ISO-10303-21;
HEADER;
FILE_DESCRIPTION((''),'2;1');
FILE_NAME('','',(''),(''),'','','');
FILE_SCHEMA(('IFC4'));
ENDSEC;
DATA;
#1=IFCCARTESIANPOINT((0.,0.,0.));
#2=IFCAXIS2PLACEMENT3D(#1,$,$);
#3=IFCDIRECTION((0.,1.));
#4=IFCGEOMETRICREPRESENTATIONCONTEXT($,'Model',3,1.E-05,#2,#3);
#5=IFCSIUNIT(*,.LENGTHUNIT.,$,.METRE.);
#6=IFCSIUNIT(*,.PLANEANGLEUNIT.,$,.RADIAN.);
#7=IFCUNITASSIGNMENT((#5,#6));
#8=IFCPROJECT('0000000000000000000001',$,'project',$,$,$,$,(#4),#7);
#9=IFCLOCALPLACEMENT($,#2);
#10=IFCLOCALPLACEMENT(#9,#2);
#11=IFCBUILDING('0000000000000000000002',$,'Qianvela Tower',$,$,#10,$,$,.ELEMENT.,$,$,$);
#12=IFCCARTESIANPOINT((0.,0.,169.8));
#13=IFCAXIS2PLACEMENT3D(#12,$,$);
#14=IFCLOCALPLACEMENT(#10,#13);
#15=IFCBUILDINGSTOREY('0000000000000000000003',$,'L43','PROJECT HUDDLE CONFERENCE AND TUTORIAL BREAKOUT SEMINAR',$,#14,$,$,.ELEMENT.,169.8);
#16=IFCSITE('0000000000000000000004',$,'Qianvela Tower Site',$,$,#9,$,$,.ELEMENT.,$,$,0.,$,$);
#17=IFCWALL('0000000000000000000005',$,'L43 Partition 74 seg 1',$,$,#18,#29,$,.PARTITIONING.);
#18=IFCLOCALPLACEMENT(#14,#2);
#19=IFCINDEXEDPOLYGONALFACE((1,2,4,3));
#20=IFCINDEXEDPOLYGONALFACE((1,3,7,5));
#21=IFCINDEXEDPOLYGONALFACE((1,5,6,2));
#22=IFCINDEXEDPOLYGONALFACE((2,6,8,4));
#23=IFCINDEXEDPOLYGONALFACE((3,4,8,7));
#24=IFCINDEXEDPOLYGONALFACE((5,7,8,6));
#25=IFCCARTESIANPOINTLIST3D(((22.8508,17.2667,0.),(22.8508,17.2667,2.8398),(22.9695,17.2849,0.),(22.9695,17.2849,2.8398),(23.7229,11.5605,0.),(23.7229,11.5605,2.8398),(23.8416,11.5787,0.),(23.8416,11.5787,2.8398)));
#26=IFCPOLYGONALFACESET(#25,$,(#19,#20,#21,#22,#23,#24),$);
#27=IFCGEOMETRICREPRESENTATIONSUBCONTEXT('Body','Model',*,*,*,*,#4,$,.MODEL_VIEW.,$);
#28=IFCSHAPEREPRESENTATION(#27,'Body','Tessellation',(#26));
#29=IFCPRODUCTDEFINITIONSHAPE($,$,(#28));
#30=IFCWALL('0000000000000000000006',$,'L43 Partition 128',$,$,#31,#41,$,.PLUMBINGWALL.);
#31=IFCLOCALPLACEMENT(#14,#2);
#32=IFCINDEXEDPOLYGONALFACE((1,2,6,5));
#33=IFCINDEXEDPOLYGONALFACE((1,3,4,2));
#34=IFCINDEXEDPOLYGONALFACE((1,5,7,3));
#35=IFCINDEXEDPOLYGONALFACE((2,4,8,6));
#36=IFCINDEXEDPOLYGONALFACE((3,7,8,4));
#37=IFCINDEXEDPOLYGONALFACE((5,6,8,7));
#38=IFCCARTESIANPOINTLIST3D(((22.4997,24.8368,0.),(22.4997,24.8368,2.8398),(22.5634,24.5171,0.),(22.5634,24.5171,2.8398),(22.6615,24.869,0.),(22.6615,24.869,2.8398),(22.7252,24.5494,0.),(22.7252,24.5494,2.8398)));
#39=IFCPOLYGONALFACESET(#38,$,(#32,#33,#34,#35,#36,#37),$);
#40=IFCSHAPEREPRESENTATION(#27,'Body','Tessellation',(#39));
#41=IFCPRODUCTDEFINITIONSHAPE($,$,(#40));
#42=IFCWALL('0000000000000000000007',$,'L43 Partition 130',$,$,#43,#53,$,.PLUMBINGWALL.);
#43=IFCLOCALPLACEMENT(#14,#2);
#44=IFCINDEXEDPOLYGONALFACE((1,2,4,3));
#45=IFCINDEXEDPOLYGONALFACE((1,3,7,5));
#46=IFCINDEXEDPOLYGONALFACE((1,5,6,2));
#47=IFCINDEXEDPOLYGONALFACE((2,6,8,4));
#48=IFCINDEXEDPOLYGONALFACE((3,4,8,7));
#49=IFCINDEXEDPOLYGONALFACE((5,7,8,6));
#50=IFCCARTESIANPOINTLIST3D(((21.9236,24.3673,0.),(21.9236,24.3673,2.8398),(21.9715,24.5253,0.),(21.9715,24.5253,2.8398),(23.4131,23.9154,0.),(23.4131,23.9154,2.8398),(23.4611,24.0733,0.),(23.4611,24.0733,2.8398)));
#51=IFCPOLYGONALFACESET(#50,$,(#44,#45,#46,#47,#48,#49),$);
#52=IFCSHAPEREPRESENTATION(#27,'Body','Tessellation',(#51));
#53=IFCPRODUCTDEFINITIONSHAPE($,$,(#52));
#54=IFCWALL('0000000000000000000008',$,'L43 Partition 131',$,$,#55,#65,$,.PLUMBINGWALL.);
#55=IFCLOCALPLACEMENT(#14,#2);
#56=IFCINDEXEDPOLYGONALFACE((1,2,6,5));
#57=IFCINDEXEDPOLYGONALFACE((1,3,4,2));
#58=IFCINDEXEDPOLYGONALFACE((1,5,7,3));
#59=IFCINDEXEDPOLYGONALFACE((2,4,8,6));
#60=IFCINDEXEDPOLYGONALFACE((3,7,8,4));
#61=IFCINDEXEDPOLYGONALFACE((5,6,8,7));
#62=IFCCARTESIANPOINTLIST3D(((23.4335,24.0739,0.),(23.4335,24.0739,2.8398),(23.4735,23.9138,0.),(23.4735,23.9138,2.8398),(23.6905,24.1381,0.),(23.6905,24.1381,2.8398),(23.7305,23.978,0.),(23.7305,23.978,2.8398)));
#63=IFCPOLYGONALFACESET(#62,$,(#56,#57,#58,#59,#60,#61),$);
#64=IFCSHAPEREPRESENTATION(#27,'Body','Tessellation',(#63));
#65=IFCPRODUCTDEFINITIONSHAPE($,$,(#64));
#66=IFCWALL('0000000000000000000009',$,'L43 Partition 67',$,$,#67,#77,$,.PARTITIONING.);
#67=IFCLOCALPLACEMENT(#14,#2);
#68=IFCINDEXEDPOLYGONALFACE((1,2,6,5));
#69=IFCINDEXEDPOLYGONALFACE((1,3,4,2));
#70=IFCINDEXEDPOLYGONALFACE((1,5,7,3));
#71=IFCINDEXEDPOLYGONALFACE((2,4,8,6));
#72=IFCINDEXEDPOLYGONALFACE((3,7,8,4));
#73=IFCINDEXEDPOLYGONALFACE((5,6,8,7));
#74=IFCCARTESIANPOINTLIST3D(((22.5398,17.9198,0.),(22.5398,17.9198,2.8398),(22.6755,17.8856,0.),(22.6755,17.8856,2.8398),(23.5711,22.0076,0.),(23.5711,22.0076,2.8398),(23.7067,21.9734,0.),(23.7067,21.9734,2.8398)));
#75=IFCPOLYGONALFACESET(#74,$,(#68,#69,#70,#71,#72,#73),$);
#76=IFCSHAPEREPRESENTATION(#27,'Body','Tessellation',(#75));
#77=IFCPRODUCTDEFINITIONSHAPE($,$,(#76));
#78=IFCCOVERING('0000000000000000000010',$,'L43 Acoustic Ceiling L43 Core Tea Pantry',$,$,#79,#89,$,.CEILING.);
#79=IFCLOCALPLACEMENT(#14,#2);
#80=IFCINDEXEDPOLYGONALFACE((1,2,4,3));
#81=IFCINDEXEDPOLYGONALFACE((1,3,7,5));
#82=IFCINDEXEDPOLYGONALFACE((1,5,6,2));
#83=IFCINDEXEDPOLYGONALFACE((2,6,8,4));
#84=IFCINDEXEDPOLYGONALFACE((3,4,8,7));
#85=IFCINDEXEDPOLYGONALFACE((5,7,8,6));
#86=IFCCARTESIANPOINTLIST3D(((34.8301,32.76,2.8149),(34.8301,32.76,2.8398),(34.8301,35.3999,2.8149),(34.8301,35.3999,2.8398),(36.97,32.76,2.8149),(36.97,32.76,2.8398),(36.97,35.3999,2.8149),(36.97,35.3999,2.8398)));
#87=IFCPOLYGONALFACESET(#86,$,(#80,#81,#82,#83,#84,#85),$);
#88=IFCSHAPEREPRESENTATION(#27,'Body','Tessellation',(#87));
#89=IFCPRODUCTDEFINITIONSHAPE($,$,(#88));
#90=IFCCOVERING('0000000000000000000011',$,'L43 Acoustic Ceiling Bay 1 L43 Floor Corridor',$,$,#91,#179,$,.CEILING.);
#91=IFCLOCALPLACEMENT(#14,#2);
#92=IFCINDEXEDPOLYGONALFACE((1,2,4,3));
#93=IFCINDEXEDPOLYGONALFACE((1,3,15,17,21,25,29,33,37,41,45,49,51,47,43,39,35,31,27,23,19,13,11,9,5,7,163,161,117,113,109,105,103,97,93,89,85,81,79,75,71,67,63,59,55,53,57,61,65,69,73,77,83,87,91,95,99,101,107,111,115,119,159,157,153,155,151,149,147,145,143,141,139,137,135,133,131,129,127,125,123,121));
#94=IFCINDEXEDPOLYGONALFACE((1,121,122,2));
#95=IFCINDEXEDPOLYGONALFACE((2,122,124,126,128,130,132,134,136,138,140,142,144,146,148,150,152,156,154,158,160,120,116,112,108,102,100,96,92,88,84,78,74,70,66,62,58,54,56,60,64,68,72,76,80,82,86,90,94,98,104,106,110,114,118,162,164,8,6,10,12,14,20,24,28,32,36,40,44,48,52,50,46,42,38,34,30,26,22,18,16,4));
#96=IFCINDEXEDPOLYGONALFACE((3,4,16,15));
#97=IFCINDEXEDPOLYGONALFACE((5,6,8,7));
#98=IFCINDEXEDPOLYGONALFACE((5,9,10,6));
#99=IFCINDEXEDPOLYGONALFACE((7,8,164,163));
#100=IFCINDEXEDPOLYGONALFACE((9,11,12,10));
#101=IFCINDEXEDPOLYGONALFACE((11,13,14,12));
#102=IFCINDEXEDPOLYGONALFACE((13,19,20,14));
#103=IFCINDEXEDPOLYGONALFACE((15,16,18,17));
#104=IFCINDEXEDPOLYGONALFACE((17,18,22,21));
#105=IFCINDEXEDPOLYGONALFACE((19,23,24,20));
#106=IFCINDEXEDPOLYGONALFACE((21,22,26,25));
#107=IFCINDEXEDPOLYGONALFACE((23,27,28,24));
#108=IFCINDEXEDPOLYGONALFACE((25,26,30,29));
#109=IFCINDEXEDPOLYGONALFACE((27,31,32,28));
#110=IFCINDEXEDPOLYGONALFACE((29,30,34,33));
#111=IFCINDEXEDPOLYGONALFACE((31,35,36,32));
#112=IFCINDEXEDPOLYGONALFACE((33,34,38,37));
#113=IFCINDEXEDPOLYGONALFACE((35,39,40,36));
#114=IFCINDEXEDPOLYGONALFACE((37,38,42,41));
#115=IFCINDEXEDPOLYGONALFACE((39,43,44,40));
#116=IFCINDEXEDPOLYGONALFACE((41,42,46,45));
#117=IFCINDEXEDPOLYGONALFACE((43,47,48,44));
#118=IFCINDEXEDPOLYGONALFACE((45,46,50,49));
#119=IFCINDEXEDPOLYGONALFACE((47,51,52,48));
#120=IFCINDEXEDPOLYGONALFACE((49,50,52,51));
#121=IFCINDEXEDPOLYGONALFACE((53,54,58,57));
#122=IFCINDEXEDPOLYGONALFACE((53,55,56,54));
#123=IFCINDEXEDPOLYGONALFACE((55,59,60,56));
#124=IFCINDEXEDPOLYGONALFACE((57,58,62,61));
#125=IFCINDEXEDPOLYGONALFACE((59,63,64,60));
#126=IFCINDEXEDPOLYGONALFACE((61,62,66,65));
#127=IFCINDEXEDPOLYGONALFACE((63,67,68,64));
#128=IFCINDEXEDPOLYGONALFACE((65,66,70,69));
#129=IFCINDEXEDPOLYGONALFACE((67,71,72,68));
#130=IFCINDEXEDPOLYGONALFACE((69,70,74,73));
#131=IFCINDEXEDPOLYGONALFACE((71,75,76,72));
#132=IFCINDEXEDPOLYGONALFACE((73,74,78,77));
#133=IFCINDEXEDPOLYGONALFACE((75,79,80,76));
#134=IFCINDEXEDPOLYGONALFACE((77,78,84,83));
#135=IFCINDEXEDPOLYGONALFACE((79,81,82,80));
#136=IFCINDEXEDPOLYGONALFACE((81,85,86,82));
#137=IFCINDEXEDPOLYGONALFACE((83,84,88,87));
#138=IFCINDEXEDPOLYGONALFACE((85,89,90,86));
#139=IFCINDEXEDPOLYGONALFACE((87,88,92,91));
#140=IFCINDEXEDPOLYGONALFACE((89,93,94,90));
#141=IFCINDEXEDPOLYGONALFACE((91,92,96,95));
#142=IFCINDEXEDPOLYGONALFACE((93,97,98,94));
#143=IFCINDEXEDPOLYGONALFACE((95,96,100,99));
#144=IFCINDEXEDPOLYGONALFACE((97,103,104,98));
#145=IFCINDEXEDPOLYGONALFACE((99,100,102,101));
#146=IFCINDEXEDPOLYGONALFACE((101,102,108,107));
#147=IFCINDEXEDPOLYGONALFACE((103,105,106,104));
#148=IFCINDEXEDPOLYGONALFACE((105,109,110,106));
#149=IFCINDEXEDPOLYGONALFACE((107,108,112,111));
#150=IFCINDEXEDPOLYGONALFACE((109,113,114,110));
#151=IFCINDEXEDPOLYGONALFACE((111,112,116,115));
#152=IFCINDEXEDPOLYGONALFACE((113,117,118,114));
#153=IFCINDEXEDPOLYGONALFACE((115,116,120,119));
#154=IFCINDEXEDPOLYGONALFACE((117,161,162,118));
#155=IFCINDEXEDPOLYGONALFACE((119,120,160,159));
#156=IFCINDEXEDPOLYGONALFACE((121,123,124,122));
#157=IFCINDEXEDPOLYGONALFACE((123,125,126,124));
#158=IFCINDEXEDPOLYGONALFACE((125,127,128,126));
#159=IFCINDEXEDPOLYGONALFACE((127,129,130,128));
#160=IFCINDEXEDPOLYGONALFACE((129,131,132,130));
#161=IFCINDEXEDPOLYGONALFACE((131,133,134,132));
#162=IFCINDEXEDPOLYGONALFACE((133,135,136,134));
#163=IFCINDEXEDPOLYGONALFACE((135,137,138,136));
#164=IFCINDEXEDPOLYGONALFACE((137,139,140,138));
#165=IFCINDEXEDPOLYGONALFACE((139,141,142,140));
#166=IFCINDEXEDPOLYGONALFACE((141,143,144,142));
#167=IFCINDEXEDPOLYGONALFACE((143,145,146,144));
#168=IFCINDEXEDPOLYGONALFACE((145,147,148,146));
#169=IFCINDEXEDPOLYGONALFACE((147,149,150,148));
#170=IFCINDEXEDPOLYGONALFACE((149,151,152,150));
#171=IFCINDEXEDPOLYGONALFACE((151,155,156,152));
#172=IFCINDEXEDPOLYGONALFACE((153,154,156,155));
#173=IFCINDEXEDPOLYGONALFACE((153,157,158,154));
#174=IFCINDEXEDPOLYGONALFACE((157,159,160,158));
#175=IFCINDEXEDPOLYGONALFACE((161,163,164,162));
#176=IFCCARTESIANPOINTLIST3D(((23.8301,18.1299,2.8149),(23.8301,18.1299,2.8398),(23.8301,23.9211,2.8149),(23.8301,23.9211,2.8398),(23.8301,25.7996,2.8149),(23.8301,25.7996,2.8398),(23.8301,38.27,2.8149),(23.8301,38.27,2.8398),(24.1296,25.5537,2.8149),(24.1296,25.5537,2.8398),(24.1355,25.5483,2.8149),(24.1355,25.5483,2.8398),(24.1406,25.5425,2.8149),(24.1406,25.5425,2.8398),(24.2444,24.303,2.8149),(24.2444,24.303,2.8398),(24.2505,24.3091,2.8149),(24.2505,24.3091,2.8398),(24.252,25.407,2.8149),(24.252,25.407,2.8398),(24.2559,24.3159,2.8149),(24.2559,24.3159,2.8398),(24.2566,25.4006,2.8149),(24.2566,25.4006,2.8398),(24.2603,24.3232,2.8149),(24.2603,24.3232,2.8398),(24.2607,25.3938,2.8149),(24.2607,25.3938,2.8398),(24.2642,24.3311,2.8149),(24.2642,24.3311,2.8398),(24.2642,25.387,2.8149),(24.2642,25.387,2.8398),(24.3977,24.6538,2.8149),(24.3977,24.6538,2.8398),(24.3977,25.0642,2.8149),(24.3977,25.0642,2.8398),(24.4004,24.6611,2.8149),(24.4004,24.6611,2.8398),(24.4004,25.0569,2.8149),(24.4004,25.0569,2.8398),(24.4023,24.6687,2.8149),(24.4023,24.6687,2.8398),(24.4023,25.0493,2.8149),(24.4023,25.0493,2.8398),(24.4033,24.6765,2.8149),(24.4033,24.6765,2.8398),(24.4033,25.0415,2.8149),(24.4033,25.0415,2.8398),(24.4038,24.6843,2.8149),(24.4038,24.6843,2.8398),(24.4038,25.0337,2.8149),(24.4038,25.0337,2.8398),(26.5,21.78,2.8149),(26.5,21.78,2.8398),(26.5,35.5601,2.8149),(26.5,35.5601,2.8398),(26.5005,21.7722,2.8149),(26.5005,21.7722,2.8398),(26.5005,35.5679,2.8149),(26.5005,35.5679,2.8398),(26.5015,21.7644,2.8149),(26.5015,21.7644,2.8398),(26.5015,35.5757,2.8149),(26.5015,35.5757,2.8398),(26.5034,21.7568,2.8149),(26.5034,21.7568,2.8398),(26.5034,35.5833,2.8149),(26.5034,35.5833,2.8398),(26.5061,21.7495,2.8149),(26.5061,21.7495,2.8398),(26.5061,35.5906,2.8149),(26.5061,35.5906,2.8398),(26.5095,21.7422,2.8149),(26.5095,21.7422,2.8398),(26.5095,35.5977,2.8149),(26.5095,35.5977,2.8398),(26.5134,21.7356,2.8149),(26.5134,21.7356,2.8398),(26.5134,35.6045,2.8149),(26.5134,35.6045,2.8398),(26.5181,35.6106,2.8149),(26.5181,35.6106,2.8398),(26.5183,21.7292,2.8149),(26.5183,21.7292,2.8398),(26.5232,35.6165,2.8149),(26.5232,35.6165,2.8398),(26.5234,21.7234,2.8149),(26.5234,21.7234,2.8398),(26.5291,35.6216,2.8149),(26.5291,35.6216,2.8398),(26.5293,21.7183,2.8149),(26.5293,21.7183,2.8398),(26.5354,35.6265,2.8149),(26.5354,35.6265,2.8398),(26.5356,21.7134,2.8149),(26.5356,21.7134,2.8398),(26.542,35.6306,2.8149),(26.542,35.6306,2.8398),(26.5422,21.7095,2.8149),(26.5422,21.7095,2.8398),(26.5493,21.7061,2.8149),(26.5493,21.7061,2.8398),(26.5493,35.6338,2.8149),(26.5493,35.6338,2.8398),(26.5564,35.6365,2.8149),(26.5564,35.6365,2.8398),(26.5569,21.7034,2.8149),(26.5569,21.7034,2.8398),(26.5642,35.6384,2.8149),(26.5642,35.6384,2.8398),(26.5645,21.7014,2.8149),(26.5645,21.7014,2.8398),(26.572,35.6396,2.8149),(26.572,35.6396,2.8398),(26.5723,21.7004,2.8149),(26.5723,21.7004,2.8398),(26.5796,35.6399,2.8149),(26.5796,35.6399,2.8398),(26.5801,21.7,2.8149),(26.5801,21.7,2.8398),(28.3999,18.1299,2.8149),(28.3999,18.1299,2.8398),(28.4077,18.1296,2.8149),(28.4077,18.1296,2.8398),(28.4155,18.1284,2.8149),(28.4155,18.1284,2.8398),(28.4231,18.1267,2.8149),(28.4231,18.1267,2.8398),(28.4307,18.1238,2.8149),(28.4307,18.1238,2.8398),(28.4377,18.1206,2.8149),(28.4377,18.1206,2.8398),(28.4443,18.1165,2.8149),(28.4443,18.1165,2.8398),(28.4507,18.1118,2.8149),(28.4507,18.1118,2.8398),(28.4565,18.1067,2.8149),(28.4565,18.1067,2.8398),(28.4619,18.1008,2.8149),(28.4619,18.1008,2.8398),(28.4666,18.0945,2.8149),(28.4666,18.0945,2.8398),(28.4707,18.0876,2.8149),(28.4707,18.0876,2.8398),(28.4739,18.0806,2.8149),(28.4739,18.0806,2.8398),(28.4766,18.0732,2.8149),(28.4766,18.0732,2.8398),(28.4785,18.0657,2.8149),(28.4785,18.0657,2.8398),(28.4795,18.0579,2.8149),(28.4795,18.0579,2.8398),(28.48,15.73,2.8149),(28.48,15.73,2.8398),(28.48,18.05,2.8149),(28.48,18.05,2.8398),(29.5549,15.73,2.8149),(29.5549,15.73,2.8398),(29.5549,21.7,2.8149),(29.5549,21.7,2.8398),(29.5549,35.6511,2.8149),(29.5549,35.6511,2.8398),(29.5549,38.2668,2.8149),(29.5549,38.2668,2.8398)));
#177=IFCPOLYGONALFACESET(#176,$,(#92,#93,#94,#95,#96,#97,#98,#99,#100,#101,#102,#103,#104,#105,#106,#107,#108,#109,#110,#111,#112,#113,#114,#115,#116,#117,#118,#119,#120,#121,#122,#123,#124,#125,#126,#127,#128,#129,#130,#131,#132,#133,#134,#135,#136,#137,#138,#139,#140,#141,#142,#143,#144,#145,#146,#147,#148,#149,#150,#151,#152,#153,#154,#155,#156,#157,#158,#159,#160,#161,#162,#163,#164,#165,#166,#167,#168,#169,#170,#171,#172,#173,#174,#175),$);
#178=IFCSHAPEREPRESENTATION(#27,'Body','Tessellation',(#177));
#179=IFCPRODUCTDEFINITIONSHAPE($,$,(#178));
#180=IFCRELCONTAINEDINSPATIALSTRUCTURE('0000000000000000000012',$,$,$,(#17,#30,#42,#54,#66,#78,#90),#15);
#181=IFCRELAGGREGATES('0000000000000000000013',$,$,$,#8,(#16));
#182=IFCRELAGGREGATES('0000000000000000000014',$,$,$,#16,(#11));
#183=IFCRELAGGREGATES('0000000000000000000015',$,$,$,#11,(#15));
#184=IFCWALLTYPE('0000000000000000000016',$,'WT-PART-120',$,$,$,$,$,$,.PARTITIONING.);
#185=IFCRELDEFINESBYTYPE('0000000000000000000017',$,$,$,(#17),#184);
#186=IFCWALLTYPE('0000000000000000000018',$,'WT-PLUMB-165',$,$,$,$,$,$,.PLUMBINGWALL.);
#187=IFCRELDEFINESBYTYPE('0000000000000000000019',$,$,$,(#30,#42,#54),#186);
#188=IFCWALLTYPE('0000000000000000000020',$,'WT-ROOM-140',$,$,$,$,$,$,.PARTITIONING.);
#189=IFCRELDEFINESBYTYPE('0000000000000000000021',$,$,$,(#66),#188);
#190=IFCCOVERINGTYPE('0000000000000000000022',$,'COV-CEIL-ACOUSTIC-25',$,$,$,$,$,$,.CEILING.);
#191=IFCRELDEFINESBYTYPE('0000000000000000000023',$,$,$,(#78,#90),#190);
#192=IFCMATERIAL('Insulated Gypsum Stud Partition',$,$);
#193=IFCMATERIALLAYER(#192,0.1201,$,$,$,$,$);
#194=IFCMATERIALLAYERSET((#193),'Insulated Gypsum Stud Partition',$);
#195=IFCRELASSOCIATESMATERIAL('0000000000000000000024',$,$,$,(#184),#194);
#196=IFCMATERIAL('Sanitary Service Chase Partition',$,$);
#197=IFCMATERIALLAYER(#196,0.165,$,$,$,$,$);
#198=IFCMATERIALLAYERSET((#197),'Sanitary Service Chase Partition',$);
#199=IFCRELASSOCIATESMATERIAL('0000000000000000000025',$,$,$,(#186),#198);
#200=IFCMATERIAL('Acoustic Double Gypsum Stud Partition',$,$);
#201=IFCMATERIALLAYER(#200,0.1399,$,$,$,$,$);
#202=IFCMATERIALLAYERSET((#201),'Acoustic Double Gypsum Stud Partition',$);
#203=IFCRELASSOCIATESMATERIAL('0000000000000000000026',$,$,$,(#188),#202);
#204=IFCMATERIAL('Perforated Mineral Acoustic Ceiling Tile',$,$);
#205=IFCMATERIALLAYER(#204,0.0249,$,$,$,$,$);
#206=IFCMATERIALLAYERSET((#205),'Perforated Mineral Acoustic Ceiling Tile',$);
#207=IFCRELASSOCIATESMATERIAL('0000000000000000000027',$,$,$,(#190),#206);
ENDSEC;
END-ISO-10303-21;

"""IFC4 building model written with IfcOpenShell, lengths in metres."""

from ifc_helpers import new_model, si_unit, direction, frame, frame_2d, origin, place, context, subcontext, project, spatial, polyline, rectangle, outline, extrude, material, layer, layer_set, type_object, element, save


model = new_model("IFC4")

# Units and contexts
model_context = context("Model", 3, precision=1e-05, world=origin(), true_north=direction((0.0, 1.0)))
body_context = subcontext(model_context, "Body", "Model", "MODEL_VIEW")
ifc_project = project(units=[si_unit("LENGTHUNIT", "METRE"), si_unit("PLANEANGLEUNIT", "RADIAN")], contexts=[model_context])

# Site, building, storey
site_placement = place(None, origin())
site = spatial("IfcSite", under=ifc_project, at=site_placement, Name="Qianvela Tower Site", CompositionType="ELEMENT", RefElevation=0.0)
building_placement = place(site_placement, origin())
building = spatial("IfcBuilding", under=site, at=building_placement, Name="Qianvela Tower", CompositionType="ELEMENT")
storey_placement = place(building_placement, frame((0.0, 0.0, 169.8)))
storey = spatial("IfcBuildingStorey", under=building, at=storey_placement, Name="L43", Description="PROJECT HUDDLE CONFERENCE AND TUTORIAL BREAKOUT SEMINAR", CompositionType="ELEMENT", Elevation=169.8)

# Walls
ifc_material_1 = material(Name="Insulated Gypsum Stud Partition")
ifc_layer_1 = layer(ifc_material_1, 0.1201)
ifc_layer_set_1 = layer_set([ifc_layer_1], Name="Insulated Gypsum Stud Partition")
wall_type_1 = type_object("IfcWallType", Name="WT-PART-120", PredefinedType="PARTITIONING", material=ifc_layer_set_1)
wall_1_placement = place(storey_placement, frame((23.7822, 11.5696, 0.0), z_axis=(0.0, 0.0, 1.0), x_axis=(-0.151072, 0.988523, 0.0)))
element("IfcWall", 1, at=wall_1_placement, inside=storey, type_object=wall_type_1, Name="L43 Partition 74 seg 1", PredefinedType="PARTITIONING", context=body_context, shape_type="SweptSolid", body=[
    extrude(rectangle(XDim=5.7725, YDim=0.1201, at=frame_2d((2.8862, 0.0))), origin(), (0.0, 0.0, 1.0), 2.8398),
])
ifc_material_2 = material(Name="Sanitary Service Chase Partition")
ifc_layer_2 = layer(ifc_material_2, 0.165)
ifc_layer_set_2 = layer_set([ifc_layer_2], Name="Sanitary Service Chase Partition")
wall_type_2 = type_object("IfcWallType", Name="WT-PLUMB-165", PredefinedType="PLUMBINGWALL", material=ifc_layer_set_2)
wall_2_placement = place(storey_placement, frame((22.5806, 24.853, 0.0), z_axis=(0.0, 0.0, 1.0), x_axis=(0.19554, -0.980696, 0.0)))
element("IfcWall", 2, at=wall_2_placement, inside=storey, type_object=wall_type_2, Name="L43 Partition 128", PredefinedType="PLUMBINGWALL", context=body_context, shape_type="SweptSolid", body=[
    extrude(rectangle(XDim=0.3259, YDim=0.165, at=frame_2d((0.1631, 0.0))), origin(), (0.0, 0.0, 1.0), 2.8398),
])
wall_3_placement = place(storey_placement, frame((21.9475, 24.4463, 0.0), z_axis=(0.0, 0.0, 1.0), x_axis=(0.956928, -0.290325, 0.0)))
element("IfcWall", 3, at=wall_3_placement, inside=storey, type_object=wall_type_2, Name="L43 Partition 130", PredefinedType="PLUMBINGWALL", context=body_context, shape_type="SweptSolid", body=[
    extrude(rectangle(XDim=1.5566, YDim=0.165, at=frame_2d((0.7783, 0.0))), origin(), (0.0, 0.0, 1.0), 2.8398),
])
wall_4_placement = place(storey_placement, frame((23.4536, 23.9939, 0.0), z_axis=(0.0, 0.0, 1.0), x_axis=(0.970197, 0.242319, 0.0)))
element("IfcWall", 4, at=wall_4_placement, inside=storey, type_object=wall_type_2, Name="L43 Partition 131", PredefinedType="PLUMBINGWALL", context=body_context, shape_type="SweptSolid", body=[
    extrude(rectangle(XDim=0.2649, YDim=0.165, at=frame_2d((0.1323, 0.0))), origin(), (0.0, 0.0, 1.0), 2.8398),
])
ifc_material_3 = material(Name="Acoustic Double Gypsum Stud Partition")
ifc_layer_3 = layer(ifc_material_3, 0.1399)
ifc_layer_set_3 = layer_set([ifc_layer_3], Name="Acoustic Double Gypsum Stud Partition")
wall_type_3 = type_object("IfcWallType", Name="WT-ROOM-140", PredefinedType="PARTITIONING", material=ifc_layer_set_3)
wall_5_placement = place(storey_placement, frame((23.6389, 21.9905, 0.0), z_axis=(0.0, 0.0, 1.0), x_axis=(-0.24462, -0.969619, 0.0)))
element("IfcWall", 5, at=wall_5_placement, inside=storey, type_object=wall_type_3, Name="L43 Partition 67", PredefinedType="PARTITIONING", context=body_context, shape_type="SweptSolid", body=[
    extrude(rectangle(XDim=4.2158, YDim=0.1399, at=frame_2d((2.1079, 0.0))), origin(), (0.0, 0.0, 1.0), 2.8398),
])

# Coverings
ifc_material_4 = material(Name="Perforated Mineral Acoustic Ceiling Tile")
ifc_layer_4 = layer(ifc_material_4, 0.0249)
ifc_layer_set_4 = layer_set([ifc_layer_4], Name="Perforated Mineral Acoustic Ceiling Tile")
covering_type_1 = type_object("IfcCoveringType", Name="COV-CEIL-ACOUSTIC-25", PredefinedType="CEILING", material=ifc_layer_set_4)
covering_1_placement = place(storey_placement, frame((0.0, 0.0, 2.8149)))
element("IfcCovering", 6, at=covering_1_placement, inside=storey, type_object=covering_type_1, Name="L43 Acoustic Ceiling L43 Core Tea Pantry", PredefinedType="CEILING", context=body_context, shape_type="SweptSolid", body=[
    extrude(outline(polyline([(36.97, 32.76), (34.8301, 32.76), (34.8301, 35.3999), (36.97, 35.3999), (36.97, 32.76)])), origin(), (0.0, 0.0, 1.0), 0.0249),
])
covering_2_placement = place(storey_placement, frame((0.0, 0.0, 2.8149)))
element("IfcCovering", 7, at=covering_2_placement, inside=storey, type_object=covering_type_1, Name="L43 Acoustic Ceiling Bay 1 L43 Floor Corridor", PredefinedType="CEILING", context=body_context, shape_type="SweptSolid", body=[
    extrude(outline(polyline([(24.4033, 25.0415), (24.4023, 25.0493), (24.4004, 25.0569), (24.3977, 25.0642), (24.2642, 25.387), (24.2607, 25.3938), (24.2566, 25.4006), (24.252, 25.407), (24.1406, 25.5425), (24.1355, 25.5483), (24.1296, 25.5537), (23.8301, 25.7996), (23.8301, 38.27), (29.5549, 38.2668), (29.5549, 35.6511), (26.5796, 35.6399), (26.572, 35.6396), (26.5642, 35.6384), (26.5564, 35.6365), (26.5493, 35.6338), (26.542, 35.6306), (26.5354, 35.6265), (26.5291, 35.6216), (26.5232, 35.6165), (26.5181, 35.6106), (26.5134, 35.6045), (26.5095, 35.5977), (26.5061, 35.5906), (26.5034, 35.5833), (26.5015, 35.5757), (26.5005, 35.5679), (26.5, 35.5601), (26.5, 21.78), (26.5005, 21.7722), (26.5015, 21.7644), (26.5034, 21.7568), (26.5061, 21.7495), (26.5095, 21.7422), (26.5134, 21.7356), (26.5183, 21.7292), (26.5234, 21.7234), (26.5293, 21.7183), (26.5356, 21.7134), (26.5422, 21.7095), (26.5493, 21.7061), (26.5569, 21.7034), (26.5645, 21.7014), (26.5723, 21.7004), (26.5801, 21.7), (29.5549, 21.7), (29.5549, 15.73), (28.48, 15.73), (28.48, 18.05), (28.4795, 18.0579), (28.4785, 18.0657), (28.4766, 18.0732), (28.4739, 18.0806), (28.4707, 18.0876), (28.4666, 18.0945), (28.4619, 18.1008), (28.4565, 18.1067), (28.4507, 18.1118), (28.4443, 18.1165), (28.4377, 18.1206), (28.4307, 18.1238), (28.4231, 18.1267), (28.4155, 18.1284), (28.4077, 18.1296), (28.3999, 18.1299), (23.8301, 18.1299), (23.8301, 23.9211), (24.2444, 24.303), (24.2505, 24.3091), (24.2559, 24.3159), (24.2603, 24.3232), (24.2642, 24.3311), (24.3977, 24.6538), (24.4004, 24.6611), (24.4023, 24.6687), (24.4033, 24.6765), (24.4038, 24.6843), (24.4038, 25.0337), (24.4033, 25.0415)])), origin(), (0.0, 0.0, 1.0), 0.0249),
])

save(model, "model.ifc")
